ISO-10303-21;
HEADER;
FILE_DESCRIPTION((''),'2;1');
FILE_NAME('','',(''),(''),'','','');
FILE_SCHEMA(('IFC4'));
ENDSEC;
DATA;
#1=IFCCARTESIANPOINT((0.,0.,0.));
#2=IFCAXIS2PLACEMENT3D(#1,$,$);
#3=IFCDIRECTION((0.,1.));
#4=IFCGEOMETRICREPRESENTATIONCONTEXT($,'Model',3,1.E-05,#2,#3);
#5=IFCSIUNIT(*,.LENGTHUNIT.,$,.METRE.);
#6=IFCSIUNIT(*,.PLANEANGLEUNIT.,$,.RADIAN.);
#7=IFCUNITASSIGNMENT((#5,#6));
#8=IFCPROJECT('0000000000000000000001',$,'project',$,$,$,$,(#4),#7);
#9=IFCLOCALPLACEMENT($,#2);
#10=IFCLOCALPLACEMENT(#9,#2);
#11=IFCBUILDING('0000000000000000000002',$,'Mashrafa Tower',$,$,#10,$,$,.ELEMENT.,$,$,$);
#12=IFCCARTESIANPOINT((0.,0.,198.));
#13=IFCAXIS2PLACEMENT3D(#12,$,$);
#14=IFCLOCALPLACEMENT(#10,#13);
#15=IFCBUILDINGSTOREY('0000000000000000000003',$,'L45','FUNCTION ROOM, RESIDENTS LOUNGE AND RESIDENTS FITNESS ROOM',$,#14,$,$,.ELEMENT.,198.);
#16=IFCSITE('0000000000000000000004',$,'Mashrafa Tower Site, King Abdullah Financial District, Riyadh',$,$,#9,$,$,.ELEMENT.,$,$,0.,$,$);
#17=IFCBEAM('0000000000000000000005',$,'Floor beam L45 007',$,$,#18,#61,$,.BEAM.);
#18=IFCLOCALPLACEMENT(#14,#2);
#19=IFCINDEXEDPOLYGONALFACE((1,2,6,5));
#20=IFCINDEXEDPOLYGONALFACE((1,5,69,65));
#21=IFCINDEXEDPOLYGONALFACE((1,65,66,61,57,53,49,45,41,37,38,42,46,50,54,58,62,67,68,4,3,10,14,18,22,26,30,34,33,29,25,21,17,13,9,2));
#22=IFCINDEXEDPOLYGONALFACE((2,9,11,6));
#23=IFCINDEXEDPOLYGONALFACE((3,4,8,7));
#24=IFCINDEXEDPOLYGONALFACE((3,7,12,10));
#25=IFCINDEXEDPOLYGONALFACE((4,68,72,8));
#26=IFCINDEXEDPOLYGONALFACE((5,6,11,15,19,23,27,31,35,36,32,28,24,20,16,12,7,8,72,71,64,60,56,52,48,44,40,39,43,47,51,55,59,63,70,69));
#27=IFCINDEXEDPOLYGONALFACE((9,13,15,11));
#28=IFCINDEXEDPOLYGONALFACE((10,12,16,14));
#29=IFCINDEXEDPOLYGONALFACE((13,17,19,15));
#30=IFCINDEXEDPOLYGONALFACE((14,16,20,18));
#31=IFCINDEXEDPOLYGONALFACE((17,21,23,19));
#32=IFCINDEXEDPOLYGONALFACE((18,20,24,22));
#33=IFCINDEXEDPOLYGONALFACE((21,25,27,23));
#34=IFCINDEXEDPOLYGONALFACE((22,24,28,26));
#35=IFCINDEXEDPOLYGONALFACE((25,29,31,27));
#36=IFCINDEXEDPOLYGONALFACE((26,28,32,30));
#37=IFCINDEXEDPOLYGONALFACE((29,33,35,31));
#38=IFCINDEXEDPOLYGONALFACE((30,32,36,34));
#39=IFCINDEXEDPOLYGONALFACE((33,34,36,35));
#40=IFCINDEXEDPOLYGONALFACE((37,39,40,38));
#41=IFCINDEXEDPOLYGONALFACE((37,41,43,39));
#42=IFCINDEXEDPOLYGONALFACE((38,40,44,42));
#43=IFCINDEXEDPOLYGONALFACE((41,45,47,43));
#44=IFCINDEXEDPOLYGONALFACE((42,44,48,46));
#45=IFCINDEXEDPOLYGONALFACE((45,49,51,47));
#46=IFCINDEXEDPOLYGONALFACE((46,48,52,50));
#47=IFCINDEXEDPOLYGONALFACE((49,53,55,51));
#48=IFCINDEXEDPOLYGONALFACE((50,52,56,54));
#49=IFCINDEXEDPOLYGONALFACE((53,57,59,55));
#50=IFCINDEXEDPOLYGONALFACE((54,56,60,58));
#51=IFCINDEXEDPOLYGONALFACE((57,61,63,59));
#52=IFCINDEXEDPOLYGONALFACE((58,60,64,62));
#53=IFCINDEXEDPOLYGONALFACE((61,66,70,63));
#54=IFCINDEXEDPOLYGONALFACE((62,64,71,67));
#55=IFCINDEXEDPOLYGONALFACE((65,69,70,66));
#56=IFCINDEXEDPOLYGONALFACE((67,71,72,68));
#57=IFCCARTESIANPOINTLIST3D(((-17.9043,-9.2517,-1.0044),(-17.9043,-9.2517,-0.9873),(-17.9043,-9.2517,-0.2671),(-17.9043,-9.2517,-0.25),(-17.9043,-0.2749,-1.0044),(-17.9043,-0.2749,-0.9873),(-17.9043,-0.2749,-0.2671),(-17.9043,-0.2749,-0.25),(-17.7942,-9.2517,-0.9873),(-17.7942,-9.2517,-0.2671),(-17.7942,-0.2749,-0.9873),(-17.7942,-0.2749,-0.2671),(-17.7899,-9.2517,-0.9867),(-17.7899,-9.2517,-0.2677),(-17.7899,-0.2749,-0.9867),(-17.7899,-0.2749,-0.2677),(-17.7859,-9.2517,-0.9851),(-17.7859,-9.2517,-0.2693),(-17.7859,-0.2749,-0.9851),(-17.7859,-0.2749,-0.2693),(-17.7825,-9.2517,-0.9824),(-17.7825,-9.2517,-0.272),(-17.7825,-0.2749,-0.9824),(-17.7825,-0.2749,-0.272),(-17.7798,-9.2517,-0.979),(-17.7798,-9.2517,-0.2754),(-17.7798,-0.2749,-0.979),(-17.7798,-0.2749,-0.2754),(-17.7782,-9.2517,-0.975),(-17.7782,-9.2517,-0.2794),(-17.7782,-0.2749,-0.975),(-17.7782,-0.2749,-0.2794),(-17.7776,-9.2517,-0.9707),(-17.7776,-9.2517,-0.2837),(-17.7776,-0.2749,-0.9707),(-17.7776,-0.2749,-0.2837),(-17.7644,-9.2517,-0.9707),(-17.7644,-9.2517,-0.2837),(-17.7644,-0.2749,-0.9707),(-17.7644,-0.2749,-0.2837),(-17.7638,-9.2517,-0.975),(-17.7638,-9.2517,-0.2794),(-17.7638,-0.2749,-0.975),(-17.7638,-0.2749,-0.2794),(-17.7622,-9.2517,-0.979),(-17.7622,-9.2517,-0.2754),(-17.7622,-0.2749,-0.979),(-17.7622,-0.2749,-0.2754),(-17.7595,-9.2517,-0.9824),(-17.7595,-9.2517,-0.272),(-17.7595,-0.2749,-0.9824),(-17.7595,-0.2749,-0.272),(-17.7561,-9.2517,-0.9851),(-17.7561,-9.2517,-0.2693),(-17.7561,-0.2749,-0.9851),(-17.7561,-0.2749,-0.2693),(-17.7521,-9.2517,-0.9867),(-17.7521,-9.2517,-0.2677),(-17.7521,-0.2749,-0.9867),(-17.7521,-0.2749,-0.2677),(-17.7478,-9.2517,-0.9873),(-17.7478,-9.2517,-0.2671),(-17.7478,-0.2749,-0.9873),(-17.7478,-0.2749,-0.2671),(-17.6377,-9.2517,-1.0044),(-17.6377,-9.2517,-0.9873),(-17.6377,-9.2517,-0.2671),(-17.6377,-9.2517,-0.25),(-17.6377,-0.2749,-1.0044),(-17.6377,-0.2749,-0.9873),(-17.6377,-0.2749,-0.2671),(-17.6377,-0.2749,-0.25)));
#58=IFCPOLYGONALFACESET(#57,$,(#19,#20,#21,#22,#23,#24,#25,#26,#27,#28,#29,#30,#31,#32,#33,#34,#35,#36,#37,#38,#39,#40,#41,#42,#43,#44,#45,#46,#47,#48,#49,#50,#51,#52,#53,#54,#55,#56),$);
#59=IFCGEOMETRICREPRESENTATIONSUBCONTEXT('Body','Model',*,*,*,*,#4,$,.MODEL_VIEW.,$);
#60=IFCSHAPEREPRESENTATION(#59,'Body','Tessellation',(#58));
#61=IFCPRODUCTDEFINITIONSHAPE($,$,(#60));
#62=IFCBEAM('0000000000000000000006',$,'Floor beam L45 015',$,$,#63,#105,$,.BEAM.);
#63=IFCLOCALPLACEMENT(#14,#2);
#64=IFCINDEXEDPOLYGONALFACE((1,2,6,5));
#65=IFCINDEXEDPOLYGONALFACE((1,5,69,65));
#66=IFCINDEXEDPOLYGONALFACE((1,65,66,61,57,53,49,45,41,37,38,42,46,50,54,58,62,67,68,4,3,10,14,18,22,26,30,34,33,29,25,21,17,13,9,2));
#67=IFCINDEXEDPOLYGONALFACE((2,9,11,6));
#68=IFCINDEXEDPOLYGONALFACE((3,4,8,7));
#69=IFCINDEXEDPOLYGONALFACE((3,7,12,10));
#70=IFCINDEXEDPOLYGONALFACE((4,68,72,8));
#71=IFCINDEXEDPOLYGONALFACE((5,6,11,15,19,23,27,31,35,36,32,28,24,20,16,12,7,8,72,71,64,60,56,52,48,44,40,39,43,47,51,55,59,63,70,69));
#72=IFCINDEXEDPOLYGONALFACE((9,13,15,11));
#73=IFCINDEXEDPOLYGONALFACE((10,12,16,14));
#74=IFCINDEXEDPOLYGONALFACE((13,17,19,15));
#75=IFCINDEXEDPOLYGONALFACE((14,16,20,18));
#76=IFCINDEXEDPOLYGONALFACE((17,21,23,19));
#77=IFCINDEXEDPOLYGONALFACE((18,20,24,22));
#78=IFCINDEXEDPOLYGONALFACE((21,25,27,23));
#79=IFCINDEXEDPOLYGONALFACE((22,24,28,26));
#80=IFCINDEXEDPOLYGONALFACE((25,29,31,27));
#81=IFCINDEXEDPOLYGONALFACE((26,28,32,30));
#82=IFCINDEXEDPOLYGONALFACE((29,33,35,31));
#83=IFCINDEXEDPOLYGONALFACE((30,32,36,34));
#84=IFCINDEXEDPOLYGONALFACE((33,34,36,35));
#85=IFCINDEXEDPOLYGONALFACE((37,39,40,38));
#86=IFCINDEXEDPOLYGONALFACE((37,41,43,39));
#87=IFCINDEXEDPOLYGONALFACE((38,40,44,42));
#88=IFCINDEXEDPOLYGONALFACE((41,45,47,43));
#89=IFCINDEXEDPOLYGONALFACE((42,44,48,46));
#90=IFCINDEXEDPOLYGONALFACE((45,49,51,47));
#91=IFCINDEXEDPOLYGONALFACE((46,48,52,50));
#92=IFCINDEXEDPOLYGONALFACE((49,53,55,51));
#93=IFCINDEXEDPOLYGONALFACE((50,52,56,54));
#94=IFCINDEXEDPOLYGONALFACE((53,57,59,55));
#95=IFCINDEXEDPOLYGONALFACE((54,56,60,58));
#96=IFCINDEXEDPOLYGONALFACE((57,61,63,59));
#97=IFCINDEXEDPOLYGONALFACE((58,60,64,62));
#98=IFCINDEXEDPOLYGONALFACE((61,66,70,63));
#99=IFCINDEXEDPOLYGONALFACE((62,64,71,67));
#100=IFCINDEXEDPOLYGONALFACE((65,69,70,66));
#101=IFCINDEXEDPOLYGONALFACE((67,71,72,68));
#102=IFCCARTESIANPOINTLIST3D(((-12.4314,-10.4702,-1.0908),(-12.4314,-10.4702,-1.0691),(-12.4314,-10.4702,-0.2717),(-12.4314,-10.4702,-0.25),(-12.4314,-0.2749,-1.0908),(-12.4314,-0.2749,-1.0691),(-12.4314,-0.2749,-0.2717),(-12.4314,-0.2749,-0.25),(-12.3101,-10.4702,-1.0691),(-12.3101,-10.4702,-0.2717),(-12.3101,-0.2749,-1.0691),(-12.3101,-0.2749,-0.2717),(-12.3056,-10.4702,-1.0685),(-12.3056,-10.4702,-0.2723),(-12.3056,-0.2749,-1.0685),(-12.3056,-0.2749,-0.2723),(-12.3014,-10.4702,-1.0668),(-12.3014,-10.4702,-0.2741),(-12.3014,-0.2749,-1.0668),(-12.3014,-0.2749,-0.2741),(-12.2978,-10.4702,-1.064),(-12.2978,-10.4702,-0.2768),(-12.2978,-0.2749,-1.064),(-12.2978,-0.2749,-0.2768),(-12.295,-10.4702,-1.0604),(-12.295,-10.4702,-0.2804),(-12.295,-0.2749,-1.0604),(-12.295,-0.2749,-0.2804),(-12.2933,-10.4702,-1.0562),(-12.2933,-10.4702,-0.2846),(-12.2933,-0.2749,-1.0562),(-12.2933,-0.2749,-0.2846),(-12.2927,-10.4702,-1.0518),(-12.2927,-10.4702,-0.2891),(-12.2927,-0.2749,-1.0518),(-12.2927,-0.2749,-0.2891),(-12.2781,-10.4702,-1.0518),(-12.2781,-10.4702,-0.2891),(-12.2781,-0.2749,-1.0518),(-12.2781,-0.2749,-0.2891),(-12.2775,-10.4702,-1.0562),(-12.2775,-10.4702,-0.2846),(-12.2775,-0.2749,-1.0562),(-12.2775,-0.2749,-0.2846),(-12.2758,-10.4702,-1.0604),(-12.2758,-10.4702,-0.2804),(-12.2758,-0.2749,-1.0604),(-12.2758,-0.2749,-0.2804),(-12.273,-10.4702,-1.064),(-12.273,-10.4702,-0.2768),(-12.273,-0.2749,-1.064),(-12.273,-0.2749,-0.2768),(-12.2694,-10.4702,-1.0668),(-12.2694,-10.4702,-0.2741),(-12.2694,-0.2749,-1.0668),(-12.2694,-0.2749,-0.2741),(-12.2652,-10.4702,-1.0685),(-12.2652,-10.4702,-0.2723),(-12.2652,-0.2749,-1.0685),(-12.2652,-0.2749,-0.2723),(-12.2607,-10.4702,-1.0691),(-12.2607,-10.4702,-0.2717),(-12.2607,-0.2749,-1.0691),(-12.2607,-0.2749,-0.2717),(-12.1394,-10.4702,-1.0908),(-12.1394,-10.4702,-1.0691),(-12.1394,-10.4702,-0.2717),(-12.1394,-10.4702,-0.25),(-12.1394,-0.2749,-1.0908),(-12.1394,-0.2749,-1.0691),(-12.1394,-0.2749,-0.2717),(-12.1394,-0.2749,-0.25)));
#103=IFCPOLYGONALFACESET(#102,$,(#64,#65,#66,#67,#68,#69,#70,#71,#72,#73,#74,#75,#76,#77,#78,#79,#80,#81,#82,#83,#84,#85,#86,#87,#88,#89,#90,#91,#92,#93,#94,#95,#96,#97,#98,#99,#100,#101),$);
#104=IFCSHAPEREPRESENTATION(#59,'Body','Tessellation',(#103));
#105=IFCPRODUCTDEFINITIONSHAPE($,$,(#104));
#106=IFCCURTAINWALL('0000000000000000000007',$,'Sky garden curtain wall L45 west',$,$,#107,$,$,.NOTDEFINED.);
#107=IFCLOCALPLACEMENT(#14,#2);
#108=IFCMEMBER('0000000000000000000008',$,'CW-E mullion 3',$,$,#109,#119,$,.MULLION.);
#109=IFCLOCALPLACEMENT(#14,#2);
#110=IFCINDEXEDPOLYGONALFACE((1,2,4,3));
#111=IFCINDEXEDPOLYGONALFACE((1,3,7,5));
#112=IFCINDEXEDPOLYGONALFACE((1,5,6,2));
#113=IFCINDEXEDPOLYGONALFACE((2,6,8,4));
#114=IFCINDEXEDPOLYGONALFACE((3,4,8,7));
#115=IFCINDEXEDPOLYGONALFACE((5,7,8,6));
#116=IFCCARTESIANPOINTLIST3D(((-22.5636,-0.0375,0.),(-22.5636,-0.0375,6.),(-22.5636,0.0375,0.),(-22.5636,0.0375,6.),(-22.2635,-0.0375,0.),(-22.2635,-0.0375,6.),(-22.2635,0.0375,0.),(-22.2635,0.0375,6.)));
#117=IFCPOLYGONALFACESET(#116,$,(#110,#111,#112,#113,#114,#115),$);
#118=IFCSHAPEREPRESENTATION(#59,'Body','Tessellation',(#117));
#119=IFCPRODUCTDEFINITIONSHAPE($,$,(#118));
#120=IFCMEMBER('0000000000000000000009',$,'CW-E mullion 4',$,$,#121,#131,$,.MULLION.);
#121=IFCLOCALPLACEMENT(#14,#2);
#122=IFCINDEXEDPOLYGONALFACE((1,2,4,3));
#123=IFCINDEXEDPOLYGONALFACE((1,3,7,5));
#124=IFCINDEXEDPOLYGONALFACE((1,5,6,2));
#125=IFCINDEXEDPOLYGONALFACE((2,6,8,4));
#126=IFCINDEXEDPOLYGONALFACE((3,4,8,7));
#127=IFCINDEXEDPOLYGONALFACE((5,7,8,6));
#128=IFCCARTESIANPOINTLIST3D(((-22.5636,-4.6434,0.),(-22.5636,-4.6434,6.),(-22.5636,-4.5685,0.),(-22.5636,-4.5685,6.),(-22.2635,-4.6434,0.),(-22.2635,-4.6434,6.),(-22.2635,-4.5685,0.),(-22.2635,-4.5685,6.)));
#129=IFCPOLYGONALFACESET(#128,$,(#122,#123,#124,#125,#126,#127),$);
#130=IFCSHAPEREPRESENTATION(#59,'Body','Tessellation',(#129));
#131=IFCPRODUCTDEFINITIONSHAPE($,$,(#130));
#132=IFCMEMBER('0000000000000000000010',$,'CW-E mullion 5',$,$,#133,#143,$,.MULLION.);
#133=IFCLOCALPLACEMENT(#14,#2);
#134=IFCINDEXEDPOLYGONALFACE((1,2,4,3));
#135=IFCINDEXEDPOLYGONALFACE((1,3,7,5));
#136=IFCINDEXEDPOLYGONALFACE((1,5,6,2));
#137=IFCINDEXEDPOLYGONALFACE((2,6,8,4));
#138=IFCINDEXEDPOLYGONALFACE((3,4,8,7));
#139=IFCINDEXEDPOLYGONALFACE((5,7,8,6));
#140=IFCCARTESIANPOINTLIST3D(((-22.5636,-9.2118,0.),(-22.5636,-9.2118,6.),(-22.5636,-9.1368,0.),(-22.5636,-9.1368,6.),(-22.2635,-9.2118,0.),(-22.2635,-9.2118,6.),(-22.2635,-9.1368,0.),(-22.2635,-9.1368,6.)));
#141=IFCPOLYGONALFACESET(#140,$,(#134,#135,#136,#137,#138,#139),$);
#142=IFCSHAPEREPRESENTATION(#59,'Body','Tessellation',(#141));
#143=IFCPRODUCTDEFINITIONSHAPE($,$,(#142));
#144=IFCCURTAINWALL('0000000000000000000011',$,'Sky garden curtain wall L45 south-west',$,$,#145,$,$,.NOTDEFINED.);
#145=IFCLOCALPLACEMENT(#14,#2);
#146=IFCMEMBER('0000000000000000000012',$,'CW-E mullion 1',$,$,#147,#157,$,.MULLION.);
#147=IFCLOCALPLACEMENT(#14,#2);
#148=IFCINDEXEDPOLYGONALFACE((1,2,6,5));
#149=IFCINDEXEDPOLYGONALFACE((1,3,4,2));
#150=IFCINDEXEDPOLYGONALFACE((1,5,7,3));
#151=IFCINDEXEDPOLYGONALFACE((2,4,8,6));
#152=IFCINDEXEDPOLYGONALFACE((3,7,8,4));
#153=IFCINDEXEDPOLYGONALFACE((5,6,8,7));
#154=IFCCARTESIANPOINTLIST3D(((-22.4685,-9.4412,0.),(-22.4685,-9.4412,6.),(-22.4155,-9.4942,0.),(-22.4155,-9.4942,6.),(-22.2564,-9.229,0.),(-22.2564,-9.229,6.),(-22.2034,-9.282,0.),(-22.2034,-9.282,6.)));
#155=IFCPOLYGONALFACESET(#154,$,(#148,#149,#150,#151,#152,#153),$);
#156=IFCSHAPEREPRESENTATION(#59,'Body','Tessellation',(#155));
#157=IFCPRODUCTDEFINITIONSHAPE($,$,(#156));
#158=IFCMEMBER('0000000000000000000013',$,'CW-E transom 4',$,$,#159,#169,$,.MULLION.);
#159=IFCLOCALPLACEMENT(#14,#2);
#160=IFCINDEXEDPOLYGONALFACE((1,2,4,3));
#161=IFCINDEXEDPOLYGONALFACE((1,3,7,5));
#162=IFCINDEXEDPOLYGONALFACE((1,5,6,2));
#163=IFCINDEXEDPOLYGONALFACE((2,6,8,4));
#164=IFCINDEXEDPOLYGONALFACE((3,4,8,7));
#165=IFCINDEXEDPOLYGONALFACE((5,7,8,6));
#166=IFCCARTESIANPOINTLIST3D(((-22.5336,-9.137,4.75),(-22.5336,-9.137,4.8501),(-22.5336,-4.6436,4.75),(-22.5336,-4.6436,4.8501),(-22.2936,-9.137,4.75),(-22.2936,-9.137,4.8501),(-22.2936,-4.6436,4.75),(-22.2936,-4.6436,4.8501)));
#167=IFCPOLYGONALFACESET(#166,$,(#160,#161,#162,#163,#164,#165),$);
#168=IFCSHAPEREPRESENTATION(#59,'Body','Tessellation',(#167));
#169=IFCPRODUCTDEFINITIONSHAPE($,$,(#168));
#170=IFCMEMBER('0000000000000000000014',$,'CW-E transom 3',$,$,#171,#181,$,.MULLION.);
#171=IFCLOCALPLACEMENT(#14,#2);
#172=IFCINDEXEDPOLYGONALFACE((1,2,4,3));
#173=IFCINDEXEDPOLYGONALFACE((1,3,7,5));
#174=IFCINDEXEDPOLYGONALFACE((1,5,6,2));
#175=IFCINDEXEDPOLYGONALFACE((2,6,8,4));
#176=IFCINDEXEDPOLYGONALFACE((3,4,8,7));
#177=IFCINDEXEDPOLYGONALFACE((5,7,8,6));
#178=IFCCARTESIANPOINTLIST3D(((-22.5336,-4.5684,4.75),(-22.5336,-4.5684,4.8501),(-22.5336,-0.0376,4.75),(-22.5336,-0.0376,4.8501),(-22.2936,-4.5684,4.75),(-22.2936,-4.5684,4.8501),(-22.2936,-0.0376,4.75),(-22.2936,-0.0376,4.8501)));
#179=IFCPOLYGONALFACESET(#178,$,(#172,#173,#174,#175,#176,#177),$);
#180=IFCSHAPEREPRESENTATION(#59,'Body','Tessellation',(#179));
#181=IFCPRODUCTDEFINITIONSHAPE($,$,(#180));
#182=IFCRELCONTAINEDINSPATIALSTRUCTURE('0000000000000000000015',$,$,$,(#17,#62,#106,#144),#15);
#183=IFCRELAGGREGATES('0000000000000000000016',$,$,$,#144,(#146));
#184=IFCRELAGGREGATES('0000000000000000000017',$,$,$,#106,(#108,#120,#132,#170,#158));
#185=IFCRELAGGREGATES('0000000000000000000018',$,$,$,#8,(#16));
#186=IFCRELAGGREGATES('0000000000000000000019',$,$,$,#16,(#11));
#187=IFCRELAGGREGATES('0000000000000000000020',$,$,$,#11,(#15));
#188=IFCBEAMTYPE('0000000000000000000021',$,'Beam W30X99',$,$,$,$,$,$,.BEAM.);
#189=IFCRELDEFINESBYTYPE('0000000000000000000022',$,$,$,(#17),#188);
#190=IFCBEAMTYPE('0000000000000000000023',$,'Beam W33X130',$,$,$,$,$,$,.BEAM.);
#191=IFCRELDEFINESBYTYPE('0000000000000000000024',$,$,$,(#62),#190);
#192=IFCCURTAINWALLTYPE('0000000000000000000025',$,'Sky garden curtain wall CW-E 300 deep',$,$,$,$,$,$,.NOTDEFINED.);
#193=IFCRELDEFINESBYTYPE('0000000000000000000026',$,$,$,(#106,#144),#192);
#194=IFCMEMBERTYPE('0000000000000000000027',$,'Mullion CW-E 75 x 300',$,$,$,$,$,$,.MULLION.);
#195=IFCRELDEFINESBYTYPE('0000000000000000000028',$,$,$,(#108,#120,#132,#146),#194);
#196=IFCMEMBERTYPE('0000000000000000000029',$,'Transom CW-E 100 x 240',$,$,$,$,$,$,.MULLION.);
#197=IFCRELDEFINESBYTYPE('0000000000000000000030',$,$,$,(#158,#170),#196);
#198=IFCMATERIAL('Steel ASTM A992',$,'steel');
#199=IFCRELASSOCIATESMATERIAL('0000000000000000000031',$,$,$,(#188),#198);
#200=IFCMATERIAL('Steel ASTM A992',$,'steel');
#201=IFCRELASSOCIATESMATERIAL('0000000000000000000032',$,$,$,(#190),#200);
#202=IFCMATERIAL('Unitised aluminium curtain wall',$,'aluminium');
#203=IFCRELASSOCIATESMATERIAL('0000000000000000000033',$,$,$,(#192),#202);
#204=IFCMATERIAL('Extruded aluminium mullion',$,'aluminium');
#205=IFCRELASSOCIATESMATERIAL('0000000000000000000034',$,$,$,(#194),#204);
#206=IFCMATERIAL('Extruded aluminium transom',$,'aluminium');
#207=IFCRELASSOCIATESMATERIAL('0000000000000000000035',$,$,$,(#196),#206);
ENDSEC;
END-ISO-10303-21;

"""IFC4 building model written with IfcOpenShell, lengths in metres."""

from ifc_helpers import new_model, si_unit, direction, frame, origin, origin_2d, place, context, subcontext, project, spatial, rectangle, i_section, extrude, source, transform, mapped, material, material_profile, profile_set, type_object, type_shapes, element, aggregate, save


model = new_model("IFC4")

# Units and contexts
model_context = context("Model", 3, precision=1e-05, world=origin(), true_north=direction((0.0, 1.0)))
body_context = subcontext(model_context, "Body", "Model", "MODEL_VIEW")
ifc_project = project(units=[si_unit("LENGTHUNIT", "METRE"), si_unit("PLANEANGLEUNIT", "RADIAN")], contexts=[model_context])

# Site, building, storey
site_placement = place(None, origin())
site = spatial("IfcSite", under=ifc_project, at=site_placement, Name="Mashrafa Tower Site, King Abdullah Financial District, Riyadh", CompositionType="ELEMENT", RefElevation=0.0)
building_placement = place(site_placement, origin())
building = spatial("IfcBuilding", under=site, at=building_placement, Name="Mashrafa Tower", CompositionType="ELEMENT")
storey_placement = place(building_placement, frame((0.0, 0.0, 198.0)))
storey = spatial("IfcBuildingStorey", under=building, at=storey_placement, Name="L45", Description="FUNCTION ROOM, RESIDENTS LOUNGE AND RESIDENTS FITNESS ROOM", CompositionType="ELEMENT", Elevation=198.0)

# Beams
ifc_material_1 = material(Name="Steel ASTM A992", Category="steel")
ifc_material_profile_1 = material_profile(ifc_material_1, i_section(OverallWidth=0.2666, OverallDepth=0.7544, WebThickness=0.0132, FlangeThickness=0.0171, FilletRadius=0.0166, at=origin_2d()), Name="W30X99")
ifc_profile_set_1 = profile_set([ifc_material_profile_1], Name="Steel ASTM A992")
beam_type_1 = type_object("IfcBeamType", Name="Beam W30X99", PredefinedType="BEAM", material=ifc_profile_set_1)
beam_1_placement = place(storey_placement, frame((-17.771, -9.2517, -0.6272), z_axis=(0.0, 1.0, 0.0), x_axis=(-1.0, 0.0, 0.0)))
element("IfcBeam", 1, at=beam_1_placement, inside=storey, type_object=beam_type_1, Name="Floor beam L45 007", PredefinedType="BEAM", context=body_context, shape_type="SweptSolid", body=[
    extrude(i_section(OverallWidth=0.2666, OverallDepth=0.7544, WebThickness=0.0132, FlangeThickness=0.0171, FilletRadius=0.0166, at=origin_2d()), origin(), (0.0, 0.0, 1.0), 8.9768),
])
ifc_material_2 = material(Name="Steel ASTM A992", Category="steel")
ifc_material_profile_2 = material_profile(ifc_material_2, i_section(OverallWidth=0.292, OverallDepth=0.8408, WebThickness=0.0146, FlangeThickness=0.0217, FilletRadius=0.0173, at=origin_2d()), Name="W33X130")
ifc_profile_set_2 = profile_set([ifc_material_profile_2], Name="Steel ASTM A992")
beam_type_2 = type_object("IfcBeamType", Name="Beam W33X130", PredefinedType="BEAM", material=ifc_profile_set_2)
beam_2_placement = place(storey_placement, frame((-12.2854, -10.4702, -0.6704), z_axis=(0.0, 1.0, 0.0), x_axis=(-1.0, 0.0, 0.0)))
element("IfcBeam", 2, at=beam_2_placement, inside=storey, type_object=beam_type_2, Name="Floor beam L45 015", PredefinedType="BEAM", context=body_context, shape_type="SweptSolid", body=[
    extrude(i_section(OverallWidth=0.292, OverallDepth=0.8408, WebThickness=0.0146, FlangeThickness=0.0217, FilletRadius=0.0173, at=origin_2d()), origin(), (0.0, 0.0, 1.0), 10.1953),
])

# Curtain wall, members
ifc_material_3 = material(Name="Unitised aluminium curtain wall", Category="aluminium")
curtain_wall_type = type_object("IfcCurtainWallType", Name="Sky garden curtain wall CW-E 300 deep", PredefinedType="NOTDEFINED", material=ifc_material_3)
curtain_wall_1_placement = place(storey_placement, origin())
curtain_wall_1 = element("IfcCurtainWall", 3, at=curtain_wall_1_placement, inside=storey, type_object=curtain_wall_type, Name="Sky garden curtain wall L45 west", PredefinedType="NOTDEFINED")
ifc_material_4 = material(Name="Extruded aluminium mullion", Category="aluminium")
ifc_material_profile_3 = material_profile(ifc_material_4, rectangle(XDim=0.3, YDim=0.075, at=origin_2d()), Name="Mullion 75x300")
ifc_profile_set_3 = profile_set([ifc_material_profile_3], Name="Extruded aluminium mullion")
member_type_1 = type_object("IfcMemberType", Name="Mullion CW-E 75 x 300", PredefinedType="MULLION", material=ifc_profile_set_3)
shared_shape_1 = source(origin(), body_context, "Body", "SweptSolid", [
    extrude(rectangle(XDim=0.3, YDim=0.075, at=origin_2d()), origin(), (0.0, 0.0, 1.0), 6.0),
])
type_shapes(member_type_1, [shared_shape_1])
member_1_placement = place(storey_placement, frame((-22.4136, 0.0, 0.0), z_axis=(0.0, 0.0, 1.0), x_axis=(1.0, 0.0, 0.0)))
member_1 = element("IfcMember", 4, at=member_1_placement, type_object=member_type_1, Name="CW-E mullion 3", PredefinedType="MULLION", context=body_context, shape_type="MappedRepresentation", body=[
    mapped(shared_shape_1, transform((0.0, 0.0, 0.0))),
])
member_2_placement = place(storey_placement, frame((-22.4136, -4.606, 0.0), z_axis=(0.0, 0.0, 1.0), x_axis=(1.0, 0.0, 0.0)))
member_2 = element("IfcMember", 5, at=member_2_placement, type_object=member_type_1, Name="CW-E mullion 4", PredefinedType="MULLION", context=body_context, shape_type="MappedRepresentation", body=[
    mapped(shared_shape_1, transform((0.0, 0.0, 0.0))),
])
member_3_placement = place(storey_placement, frame((-22.4136, -9.1743, 0.0), z_axis=(0.0, 0.0, 1.0), x_axis=(1.0, 0.0, 0.0)))
member_3 = element("IfcMember", 6, at=member_3_placement, type_object=member_type_1, Name="CW-E mullion 5", PredefinedType="MULLION", context=body_context, shape_type="MappedRepresentation", body=[
    mapped(shared_shape_1, transform((0.0, 0.0, 0.0))),
])

# Curtain wall, member
curtain_wall_2_placement = place(storey_placement, origin())
curtain_wall_2 = element("IfcCurtainWall", 7, at=curtain_wall_2_placement, inside=storey, type_object=curtain_wall_type, Name="Sky garden curtain wall L45 south-west", PredefinedType="NOTDEFINED")
member_4_placement = place(storey_placement, frame((-22.3359, -9.3616, 0.0), z_axis=(0.0, 0.0, 1.0), x_axis=(0.707107, 0.707107, 0.0)))
member_4 = element("IfcMember", 8, at=member_4_placement, type_object=member_type_1, Name="CW-E mullion 1", PredefinedType="MULLION", context=body_context, shape_type="MappedRepresentation", body=[
    mapped(shared_shape_1, transform((0.0, 0.0, 0.0))),
])

# Members
ifc_material_5 = material(Name="Extruded aluminium transom", Category="aluminium")
ifc_material_profile_4 = material_profile(ifc_material_5, rectangle(XDim=0.24, YDim=0.1001, at=origin_2d()), Name="Transom 100x240")
ifc_profile_set_4 = profile_set([ifc_material_profile_4], Name="Extruded aluminium transom")
member_type_2 = type_object("IfcMemberType", Name="Transom CW-E 100 x 240", PredefinedType="MULLION", material=ifc_profile_set_4)
shared_shape_2 = source(origin(), body_context, "Body", "SweptSolid", [
    extrude(rectangle(XDim=0.24, YDim=0.1001, at=origin_2d()), origin(), (0.0, 0.0, 1.0), 4.4934),
])
member_5_placement = place(storey_placement, frame((-22.4136, -4.6436, 4.8), z_axis=(0.0, -1.0, 0.0), x_axis=(1.0, 0.0, 0.0)))
member_5 = element("IfcMember", 9, at=member_5_placement, type_object=member_type_2, Name="CW-E transom 4", PredefinedType="MULLION", context=body_context, shape_type="MappedRepresentation", body=[
    mapped(shared_shape_2, transform((0.0, 0.0, 0.0))),
])
shared_shape_3 = source(origin(), body_context, "Body", "SweptSolid", [
    extrude(rectangle(XDim=0.24, YDim=0.1001, at=origin_2d()), origin(), (0.0, 0.0, 1.0), 4.5308),
])
member_6_placement = place(storey_placement, frame((-22.4136, -0.0376, 4.8), z_axis=(0.0, -1.0, 0.0), x_axis=(1.0, 0.0, 0.0)))
member_6 = element("IfcMember", 10, at=member_6_placement, type_object=member_type_2, Name="CW-E transom 3", PredefinedType="MULLION", context=body_context, shape_type="MappedRepresentation", body=[
    mapped(shared_shape_3, transform((0.0, 0.0, 0.0))),
])
aggregate(curtain_wall_2, [member_4])

aggregate(curtain_wall_1, [member_1, member_2, member_3, member_6, member_5])

save(model, "model.ifc")
